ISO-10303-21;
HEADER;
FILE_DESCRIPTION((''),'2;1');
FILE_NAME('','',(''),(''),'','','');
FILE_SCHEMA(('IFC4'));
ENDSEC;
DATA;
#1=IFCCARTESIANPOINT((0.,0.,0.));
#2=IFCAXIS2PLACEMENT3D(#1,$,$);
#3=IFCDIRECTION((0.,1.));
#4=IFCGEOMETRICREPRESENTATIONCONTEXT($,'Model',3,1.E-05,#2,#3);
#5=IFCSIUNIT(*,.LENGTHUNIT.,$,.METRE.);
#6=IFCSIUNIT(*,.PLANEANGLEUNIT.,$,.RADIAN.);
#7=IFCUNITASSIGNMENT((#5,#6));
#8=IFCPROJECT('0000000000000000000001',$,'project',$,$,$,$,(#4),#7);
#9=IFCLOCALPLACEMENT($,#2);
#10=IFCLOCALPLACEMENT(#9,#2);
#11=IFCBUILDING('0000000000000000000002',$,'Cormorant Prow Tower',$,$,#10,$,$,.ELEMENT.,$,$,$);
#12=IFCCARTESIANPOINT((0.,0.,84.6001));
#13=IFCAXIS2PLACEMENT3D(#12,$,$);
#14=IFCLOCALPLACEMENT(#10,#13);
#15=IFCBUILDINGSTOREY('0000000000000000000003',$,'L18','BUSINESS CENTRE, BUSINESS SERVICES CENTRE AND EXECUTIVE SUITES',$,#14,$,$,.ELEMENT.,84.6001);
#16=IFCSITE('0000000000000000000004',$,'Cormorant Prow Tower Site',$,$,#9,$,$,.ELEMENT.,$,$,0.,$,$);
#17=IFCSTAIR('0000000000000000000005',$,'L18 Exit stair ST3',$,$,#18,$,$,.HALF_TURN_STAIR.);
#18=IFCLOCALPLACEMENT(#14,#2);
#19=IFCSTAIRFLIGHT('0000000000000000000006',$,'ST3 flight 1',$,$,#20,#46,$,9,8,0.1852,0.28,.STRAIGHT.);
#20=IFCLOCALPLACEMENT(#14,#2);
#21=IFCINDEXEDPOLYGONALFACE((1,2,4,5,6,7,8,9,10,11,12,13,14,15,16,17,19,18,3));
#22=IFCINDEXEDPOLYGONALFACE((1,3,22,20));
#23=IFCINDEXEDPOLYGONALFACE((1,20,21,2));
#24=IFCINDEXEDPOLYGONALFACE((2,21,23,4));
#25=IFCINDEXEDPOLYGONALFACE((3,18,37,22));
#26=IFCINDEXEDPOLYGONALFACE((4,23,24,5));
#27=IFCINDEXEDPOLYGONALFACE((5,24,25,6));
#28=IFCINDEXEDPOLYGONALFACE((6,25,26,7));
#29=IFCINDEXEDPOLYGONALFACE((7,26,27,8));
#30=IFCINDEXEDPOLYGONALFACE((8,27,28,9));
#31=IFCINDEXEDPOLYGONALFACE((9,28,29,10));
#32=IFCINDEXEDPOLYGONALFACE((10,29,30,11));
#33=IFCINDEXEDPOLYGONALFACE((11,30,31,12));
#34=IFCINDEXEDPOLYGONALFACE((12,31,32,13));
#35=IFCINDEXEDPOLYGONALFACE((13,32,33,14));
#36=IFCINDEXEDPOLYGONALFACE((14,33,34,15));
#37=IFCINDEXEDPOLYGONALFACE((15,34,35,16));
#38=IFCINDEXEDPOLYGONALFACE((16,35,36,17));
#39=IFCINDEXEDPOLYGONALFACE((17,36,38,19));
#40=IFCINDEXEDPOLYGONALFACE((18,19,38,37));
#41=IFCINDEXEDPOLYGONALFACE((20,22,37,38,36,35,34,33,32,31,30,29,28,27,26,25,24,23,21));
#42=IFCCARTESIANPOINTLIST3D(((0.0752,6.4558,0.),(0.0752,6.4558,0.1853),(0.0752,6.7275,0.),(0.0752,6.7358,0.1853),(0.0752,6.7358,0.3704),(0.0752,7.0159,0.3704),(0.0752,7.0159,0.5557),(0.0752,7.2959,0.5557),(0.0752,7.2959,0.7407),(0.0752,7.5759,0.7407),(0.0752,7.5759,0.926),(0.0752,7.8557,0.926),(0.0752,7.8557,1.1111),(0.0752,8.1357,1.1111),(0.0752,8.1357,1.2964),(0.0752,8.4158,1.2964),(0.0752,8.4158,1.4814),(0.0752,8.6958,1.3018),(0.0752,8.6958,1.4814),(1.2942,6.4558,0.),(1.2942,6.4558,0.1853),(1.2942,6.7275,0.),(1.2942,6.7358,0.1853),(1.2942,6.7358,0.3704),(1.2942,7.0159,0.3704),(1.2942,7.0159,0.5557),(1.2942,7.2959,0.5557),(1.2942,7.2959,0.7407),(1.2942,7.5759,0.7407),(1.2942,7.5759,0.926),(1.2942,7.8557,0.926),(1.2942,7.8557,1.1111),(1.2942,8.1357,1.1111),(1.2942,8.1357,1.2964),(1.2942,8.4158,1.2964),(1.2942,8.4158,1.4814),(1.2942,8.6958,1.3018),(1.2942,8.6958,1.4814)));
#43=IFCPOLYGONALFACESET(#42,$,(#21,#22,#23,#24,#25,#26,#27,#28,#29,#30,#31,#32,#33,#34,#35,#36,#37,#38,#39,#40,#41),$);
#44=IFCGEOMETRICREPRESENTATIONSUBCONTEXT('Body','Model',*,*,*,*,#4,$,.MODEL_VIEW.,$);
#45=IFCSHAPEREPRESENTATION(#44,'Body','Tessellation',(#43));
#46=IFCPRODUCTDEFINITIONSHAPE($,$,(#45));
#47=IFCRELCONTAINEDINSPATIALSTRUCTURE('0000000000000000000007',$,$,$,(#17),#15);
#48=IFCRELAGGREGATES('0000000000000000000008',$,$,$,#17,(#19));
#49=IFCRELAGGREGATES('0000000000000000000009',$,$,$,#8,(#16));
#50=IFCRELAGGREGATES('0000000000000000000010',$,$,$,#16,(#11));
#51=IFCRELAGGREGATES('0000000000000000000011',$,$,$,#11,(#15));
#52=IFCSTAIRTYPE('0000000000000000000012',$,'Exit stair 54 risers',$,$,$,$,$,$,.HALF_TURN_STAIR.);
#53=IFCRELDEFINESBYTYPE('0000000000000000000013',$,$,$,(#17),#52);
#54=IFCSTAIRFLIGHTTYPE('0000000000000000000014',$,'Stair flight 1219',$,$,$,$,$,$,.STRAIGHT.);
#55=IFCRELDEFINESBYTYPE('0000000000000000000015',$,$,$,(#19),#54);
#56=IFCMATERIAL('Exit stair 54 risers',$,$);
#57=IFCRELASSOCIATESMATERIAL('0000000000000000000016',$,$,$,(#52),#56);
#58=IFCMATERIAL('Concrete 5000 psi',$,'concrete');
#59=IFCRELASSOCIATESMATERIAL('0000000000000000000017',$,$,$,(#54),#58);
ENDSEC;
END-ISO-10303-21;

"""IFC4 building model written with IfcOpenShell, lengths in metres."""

from ifc_helpers import new_model, si_unit, direction, frame, origin, place, context, subcontext, project, spatial, polyline, outline, extrude, material, type_object, element, aggregate, save


model = new_model("IFC4")

# Units and contexts
model_context = context("Model", 3, precision=1e-05, world=origin(), true_north=direction((0.0, 1.0)))
body_context = subcontext(model_context, "Body", "Model", "MODEL_VIEW")
ifc_project = project(units=[si_unit("LENGTHUNIT", "METRE"), si_unit("PLANEANGLEUNIT", "RADIAN")], contexts=[model_context])

# Site, building, storey
site_placement = place(None, origin())
site = spatial("IfcSite", under=ifc_project, at=site_placement, Name="Cormorant Prow Tower Site", CompositionType="ELEMENT", RefElevation=0.0)
building_placement = place(site_placement, origin())
building = spatial("IfcBuilding", under=site, at=building_placement, Name="Cormorant Prow Tower", CompositionType="ELEMENT")
storey_placement = place(building_placement, frame((0.0, 0.0, 84.6001)))
storey = spatial("IfcBuildingStorey", under=building, at=storey_placement, Name="L18", Description="BUSINESS CENTRE, BUSINESS SERVICES CENTRE AND EXECUTIVE SUITES", CompositionType="ELEMENT", Elevation=84.6001)

# Stair
ifc_material_1 = material(Name="Exit stair 54 risers")
stair_type = type_object("IfcStairType", Name="Exit stair 54 risers", PredefinedType="HALF_TURN_STAIR", material=ifc_material_1)
stair_1_placement = place(storey_placement, origin())
stair_1 = element("IfcStair", 1, at=stair_1_placement, inside=storey, type_object=stair_type, Name="L18 Exit stair ST3", PredefinedType="HALF_TURN_STAIR")

# Stair flight
ifc_material_2 = material(Name="Concrete 5000 psi", Category="concrete")
stair_flight_type = type_object("IfcStairFlightType", Name="Stair flight 1219", PredefinedType="STRAIGHT", material=ifc_material_2)
stair_flight_placement = place(storey_placement, frame((0.6846, 6.4558, 0.0), z_axis=(0.0, 0.0, 1.0), x_axis=(0.0, 1.0, 0.0)))
stair_flight = element("IfcStairFlight", 2, at=stair_flight_placement, type_object=stair_flight_type, Name="ST3 flight 1", NumberOfRisers=9, NumberOfTreads=8, PredefinedType="STRAIGHT", RiserHeight=0.1852, TreadLength=0.28, context=body_context, shape_type="SweptSolid", body=[
    extrude(outline(polyline([(0.0, 0.0), (0.0, 0.1853), (0.28, 0.1853), (0.28, 0.3704), (0.5601, 0.3704), (0.5601, 0.5557), (0.8401, 0.5557), (0.8401, 0.7407), (1.1201, 0.7407), (1.1201, 0.926), (1.3999, 0.926), (1.3999, 1.1111), (1.6799, 1.1111), (1.6799, 1.2964), (1.96, 1.2964), (1.96, 1.4814), (2.24, 1.4814), (2.24, 1.6667), (2.24, 1.3018), (0.2717, 0.0), (0.0, 0.0)])), frame((0.0, 0.6094, 0.0), z_axis=(0.0, -1.0, 0.0), x_axis=(1.0, 0.0, 0.0)), (0.0, 0.0, 1.0), 1.219),
])
aggregate(stair_1, [stair_flight])

save(model, "model.ifc")
